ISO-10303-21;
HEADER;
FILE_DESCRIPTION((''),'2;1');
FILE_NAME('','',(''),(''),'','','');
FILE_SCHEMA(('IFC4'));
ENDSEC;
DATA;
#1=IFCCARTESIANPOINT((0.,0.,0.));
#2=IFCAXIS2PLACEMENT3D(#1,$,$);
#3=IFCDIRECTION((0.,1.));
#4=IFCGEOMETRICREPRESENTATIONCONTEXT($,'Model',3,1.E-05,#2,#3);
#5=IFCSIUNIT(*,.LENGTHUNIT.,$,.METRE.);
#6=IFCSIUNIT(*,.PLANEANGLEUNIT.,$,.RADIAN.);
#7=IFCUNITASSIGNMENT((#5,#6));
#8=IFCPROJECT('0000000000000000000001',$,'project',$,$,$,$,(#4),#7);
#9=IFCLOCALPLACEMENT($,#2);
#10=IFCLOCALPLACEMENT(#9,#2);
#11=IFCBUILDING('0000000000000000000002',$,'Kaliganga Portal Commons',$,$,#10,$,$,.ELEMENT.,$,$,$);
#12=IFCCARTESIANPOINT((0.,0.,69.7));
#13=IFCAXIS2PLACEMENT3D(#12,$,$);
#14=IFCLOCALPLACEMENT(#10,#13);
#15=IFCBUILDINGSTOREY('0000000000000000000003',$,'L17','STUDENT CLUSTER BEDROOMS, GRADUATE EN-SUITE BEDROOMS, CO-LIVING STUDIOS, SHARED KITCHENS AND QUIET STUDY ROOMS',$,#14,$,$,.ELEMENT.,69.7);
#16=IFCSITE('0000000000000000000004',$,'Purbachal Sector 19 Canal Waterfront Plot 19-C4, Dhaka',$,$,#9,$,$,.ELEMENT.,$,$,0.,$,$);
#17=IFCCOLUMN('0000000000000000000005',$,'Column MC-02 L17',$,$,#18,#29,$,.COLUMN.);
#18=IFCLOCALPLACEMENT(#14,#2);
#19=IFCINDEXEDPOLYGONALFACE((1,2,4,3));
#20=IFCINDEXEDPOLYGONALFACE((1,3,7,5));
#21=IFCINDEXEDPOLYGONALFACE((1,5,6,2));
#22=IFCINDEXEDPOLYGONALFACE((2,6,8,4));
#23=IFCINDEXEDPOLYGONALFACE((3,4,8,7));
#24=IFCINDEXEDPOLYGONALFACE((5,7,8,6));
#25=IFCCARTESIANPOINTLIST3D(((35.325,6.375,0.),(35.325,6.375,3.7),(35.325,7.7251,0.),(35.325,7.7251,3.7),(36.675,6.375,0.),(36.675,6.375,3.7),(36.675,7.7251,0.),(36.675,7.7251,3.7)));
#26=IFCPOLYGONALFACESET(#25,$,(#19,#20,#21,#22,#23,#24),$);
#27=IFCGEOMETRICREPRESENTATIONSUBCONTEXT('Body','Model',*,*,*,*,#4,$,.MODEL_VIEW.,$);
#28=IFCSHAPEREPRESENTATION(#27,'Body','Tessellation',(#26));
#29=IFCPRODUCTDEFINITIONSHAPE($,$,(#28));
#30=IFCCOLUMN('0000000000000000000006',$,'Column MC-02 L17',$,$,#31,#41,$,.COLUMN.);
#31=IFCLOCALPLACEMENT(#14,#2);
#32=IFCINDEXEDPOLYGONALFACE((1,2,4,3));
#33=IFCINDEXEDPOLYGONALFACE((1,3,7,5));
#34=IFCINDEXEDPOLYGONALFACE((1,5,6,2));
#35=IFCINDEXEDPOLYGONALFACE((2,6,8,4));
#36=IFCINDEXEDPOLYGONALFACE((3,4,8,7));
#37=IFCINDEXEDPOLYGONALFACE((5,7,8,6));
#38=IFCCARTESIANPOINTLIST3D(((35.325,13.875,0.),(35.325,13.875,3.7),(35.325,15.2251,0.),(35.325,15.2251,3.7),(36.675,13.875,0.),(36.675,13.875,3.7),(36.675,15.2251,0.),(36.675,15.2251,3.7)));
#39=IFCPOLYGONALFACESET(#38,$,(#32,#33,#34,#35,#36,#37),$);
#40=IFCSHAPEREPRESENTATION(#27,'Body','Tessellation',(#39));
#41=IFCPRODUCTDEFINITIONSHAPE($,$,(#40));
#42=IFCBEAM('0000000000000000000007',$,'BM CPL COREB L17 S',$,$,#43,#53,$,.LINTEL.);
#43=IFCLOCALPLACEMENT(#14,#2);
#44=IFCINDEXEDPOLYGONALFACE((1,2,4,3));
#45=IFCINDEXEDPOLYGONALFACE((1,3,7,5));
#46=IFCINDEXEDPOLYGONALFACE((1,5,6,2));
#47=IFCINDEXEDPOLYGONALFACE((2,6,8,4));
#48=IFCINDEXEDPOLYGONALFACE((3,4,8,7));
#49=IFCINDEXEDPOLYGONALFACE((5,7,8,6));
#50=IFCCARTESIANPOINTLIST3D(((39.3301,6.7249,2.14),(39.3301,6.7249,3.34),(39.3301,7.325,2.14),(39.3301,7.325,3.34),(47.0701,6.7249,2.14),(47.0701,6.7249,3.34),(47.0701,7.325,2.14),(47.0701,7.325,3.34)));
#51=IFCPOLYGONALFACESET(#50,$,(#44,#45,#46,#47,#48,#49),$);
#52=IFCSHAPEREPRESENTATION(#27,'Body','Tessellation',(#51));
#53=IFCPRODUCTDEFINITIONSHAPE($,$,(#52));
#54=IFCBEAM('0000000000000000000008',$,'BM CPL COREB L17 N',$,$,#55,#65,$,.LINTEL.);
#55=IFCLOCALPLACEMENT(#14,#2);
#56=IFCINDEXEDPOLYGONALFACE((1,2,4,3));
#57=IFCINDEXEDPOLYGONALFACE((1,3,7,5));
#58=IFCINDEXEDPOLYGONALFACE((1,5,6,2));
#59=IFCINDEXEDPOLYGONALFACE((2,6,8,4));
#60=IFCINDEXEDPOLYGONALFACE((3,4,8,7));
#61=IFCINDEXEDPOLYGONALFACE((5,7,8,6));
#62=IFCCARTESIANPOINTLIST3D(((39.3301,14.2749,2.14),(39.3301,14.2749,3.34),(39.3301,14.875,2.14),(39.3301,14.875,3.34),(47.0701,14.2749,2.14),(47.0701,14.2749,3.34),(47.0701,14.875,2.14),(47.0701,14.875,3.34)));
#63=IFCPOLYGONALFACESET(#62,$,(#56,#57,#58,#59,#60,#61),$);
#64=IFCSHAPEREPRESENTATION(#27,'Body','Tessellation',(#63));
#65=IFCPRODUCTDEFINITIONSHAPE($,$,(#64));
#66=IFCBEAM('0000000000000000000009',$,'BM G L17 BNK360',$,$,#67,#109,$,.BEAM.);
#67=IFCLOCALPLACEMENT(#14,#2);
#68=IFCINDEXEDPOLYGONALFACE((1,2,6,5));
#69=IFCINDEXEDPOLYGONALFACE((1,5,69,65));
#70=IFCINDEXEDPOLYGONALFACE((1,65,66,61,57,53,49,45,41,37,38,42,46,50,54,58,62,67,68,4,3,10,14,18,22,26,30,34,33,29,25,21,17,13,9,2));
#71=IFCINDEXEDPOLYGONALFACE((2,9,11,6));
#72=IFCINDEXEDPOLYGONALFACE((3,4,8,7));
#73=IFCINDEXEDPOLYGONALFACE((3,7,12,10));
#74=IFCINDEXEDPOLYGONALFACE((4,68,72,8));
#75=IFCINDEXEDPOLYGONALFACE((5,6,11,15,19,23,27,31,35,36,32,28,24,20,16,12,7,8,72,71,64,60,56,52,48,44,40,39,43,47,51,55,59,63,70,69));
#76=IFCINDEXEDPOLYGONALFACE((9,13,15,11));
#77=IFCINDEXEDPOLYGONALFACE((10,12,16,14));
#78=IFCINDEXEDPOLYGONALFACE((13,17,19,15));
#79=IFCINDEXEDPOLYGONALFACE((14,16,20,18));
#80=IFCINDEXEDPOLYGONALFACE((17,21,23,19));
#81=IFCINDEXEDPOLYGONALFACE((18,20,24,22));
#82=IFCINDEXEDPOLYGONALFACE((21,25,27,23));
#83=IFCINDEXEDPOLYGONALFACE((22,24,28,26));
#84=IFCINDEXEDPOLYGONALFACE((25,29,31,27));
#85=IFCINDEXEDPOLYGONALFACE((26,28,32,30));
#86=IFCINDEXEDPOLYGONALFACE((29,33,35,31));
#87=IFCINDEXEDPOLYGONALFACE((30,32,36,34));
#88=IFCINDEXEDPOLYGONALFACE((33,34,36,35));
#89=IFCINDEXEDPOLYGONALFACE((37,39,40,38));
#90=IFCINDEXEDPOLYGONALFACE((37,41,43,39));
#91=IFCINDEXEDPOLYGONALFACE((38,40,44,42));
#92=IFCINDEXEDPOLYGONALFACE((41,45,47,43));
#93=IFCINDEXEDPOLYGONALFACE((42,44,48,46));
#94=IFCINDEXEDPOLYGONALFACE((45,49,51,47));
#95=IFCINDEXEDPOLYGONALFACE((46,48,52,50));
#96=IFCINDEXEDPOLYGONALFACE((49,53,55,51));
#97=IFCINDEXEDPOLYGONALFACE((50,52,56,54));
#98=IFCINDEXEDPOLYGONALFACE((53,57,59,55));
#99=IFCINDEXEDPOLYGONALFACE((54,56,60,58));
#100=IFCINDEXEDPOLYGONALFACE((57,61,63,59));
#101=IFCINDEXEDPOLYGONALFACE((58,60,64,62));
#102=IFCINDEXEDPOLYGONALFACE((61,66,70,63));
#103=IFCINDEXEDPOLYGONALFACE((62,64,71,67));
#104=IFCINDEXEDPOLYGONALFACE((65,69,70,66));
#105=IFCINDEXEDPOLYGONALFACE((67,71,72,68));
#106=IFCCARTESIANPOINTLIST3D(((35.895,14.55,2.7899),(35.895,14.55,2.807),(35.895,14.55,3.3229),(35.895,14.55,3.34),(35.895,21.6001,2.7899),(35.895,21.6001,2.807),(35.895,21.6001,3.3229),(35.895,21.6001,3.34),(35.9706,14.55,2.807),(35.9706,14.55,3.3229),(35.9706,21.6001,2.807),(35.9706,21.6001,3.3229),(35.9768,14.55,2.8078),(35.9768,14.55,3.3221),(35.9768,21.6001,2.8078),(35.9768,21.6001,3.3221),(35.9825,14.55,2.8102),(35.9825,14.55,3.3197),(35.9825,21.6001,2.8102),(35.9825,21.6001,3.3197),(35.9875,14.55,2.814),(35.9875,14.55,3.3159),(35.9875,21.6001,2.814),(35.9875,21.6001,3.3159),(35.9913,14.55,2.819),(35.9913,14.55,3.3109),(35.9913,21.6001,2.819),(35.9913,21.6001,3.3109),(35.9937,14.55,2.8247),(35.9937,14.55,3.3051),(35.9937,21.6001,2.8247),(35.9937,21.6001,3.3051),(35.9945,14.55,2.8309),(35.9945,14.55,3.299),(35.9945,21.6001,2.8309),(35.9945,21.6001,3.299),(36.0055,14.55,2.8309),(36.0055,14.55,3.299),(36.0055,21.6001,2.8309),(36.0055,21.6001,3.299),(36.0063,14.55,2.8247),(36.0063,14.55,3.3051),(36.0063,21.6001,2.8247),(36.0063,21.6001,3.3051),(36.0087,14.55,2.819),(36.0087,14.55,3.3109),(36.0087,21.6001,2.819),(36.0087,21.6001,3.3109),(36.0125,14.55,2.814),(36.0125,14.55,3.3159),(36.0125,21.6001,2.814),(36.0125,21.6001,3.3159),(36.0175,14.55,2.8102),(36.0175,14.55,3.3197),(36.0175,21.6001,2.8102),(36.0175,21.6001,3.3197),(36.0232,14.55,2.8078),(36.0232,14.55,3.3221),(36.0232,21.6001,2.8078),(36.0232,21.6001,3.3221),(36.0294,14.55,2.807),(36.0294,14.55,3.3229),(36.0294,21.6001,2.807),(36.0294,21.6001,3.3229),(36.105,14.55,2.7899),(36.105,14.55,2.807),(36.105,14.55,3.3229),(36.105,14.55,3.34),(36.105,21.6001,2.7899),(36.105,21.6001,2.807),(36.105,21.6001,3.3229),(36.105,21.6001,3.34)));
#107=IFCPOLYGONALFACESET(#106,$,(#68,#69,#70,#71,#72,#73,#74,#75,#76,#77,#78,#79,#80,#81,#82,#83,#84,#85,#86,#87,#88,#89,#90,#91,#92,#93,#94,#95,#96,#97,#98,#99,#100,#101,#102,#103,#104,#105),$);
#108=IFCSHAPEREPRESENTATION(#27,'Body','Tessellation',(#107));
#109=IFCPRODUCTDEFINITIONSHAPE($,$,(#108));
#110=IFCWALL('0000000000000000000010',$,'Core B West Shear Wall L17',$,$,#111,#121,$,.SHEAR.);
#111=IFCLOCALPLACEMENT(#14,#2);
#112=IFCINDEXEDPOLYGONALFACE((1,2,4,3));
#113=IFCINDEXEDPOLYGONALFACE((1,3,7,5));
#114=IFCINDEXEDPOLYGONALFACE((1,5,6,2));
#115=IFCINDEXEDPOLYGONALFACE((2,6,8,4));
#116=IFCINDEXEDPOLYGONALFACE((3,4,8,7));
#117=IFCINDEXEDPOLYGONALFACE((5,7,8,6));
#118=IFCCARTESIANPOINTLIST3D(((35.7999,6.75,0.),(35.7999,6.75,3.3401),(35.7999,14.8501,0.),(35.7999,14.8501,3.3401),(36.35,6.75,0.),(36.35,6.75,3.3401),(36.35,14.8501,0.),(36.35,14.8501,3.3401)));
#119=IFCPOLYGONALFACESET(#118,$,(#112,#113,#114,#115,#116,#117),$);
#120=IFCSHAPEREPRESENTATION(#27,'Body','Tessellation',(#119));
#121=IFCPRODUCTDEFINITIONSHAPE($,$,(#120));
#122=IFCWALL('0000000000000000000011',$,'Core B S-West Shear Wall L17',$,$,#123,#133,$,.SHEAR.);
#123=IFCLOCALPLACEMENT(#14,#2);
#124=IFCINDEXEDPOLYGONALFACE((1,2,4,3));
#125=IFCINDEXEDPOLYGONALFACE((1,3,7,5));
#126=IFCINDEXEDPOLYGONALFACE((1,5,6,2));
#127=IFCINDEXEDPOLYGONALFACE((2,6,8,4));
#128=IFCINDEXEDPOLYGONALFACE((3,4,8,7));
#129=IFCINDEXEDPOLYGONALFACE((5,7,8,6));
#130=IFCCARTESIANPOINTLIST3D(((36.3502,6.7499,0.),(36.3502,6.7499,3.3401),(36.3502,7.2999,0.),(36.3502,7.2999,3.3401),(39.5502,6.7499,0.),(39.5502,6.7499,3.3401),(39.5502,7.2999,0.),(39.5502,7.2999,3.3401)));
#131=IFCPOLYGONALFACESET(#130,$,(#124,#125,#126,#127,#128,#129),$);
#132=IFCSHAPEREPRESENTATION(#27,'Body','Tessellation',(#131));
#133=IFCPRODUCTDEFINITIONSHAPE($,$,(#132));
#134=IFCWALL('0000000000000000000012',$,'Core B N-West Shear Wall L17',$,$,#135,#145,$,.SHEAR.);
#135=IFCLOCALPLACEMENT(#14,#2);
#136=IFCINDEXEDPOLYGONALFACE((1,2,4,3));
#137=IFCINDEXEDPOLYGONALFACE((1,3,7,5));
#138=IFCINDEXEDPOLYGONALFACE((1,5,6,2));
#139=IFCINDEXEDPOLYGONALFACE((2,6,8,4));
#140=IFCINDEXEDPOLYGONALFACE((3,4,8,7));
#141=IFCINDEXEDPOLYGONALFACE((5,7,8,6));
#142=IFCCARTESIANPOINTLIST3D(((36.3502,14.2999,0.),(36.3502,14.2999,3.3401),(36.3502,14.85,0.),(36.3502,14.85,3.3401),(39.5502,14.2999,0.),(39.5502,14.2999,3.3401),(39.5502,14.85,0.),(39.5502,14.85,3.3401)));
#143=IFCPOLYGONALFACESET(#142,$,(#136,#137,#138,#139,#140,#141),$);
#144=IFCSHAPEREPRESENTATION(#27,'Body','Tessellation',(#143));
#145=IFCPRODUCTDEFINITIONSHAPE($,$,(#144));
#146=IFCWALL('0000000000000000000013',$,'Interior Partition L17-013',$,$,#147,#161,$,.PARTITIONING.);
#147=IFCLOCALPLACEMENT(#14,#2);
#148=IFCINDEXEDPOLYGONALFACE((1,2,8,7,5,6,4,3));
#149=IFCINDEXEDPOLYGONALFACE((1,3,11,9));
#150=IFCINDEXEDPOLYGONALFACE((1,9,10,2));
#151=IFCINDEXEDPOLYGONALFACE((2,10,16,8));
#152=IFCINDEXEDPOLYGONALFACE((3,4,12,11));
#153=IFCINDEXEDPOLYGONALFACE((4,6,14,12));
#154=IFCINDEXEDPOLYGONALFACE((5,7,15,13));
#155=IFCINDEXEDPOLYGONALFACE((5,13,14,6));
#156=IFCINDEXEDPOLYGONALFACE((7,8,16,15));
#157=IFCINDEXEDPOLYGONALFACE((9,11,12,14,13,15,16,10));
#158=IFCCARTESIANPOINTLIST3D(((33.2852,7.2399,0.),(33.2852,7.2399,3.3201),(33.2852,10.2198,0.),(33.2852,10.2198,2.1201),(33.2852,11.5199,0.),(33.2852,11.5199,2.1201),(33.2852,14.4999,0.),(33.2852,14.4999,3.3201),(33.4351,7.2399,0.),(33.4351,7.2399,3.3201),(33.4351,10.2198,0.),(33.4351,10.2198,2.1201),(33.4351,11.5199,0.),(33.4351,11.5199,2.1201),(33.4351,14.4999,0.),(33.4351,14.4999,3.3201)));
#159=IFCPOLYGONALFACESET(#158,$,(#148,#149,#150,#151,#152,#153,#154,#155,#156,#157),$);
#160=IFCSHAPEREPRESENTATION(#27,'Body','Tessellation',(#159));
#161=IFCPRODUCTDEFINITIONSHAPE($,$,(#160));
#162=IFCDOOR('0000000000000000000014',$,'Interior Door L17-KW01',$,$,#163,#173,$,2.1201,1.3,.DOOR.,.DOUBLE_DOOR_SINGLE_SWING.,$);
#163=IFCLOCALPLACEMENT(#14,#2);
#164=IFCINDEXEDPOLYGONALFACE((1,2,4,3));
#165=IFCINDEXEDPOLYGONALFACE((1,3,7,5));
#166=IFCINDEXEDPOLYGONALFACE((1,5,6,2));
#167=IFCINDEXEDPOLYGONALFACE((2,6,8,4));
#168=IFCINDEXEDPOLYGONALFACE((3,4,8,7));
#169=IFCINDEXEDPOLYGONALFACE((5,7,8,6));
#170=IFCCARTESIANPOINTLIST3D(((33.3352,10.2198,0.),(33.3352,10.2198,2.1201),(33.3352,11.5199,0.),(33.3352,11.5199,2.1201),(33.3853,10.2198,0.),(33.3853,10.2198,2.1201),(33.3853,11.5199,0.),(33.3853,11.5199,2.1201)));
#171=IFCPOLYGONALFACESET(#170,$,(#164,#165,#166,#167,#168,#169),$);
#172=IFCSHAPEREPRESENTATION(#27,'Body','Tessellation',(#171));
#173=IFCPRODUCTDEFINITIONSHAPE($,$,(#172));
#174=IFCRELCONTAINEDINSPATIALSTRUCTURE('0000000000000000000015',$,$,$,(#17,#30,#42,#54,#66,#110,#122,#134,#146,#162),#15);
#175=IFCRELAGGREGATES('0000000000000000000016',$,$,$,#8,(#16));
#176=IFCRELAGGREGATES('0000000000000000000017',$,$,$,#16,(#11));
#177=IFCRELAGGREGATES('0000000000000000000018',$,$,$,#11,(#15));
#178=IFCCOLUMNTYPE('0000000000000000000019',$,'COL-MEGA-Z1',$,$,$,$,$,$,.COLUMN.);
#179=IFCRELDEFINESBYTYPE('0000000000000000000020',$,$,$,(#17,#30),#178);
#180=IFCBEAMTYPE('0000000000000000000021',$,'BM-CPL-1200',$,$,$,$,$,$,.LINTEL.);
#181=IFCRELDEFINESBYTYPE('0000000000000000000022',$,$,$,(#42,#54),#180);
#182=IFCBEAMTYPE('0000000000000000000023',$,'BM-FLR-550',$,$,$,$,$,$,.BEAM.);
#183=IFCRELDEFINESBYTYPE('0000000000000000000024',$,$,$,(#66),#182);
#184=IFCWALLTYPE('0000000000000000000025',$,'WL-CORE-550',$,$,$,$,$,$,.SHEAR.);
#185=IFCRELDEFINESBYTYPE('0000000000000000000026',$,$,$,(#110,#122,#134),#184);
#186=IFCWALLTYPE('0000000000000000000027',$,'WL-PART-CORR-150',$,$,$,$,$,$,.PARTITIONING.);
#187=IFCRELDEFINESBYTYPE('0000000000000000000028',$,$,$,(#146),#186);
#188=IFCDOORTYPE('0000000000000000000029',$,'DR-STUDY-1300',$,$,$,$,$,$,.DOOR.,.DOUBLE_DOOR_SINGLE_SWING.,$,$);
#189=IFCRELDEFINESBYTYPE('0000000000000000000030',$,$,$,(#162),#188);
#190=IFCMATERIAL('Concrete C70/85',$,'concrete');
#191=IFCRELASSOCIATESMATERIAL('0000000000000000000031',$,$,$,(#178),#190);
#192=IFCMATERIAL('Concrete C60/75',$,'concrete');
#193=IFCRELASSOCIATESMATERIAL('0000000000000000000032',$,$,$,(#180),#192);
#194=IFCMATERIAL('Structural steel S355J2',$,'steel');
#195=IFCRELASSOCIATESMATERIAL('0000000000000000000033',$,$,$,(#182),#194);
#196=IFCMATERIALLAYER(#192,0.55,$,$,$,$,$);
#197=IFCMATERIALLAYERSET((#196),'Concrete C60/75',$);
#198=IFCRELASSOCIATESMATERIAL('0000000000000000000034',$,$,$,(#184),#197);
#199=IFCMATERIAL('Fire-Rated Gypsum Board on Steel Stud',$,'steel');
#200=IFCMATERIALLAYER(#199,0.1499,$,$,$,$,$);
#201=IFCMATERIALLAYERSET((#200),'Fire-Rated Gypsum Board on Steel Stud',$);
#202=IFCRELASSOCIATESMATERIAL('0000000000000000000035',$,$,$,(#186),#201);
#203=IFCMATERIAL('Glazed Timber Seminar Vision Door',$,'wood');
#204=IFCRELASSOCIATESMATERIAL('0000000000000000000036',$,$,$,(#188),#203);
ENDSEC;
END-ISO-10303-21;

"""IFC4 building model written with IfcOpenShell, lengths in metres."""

from ifc_helpers import new_model, si_unit, direction, frame, frame_2d, origin, origin_2d, place, context, subcontext, project, spatial, rectangle, i_section, extrude, source, transform, mapped, material, layer, layer_set, material_profile, profile_set, type_object, element, fill, save


model = new_model("IFC4")

# Units and contexts
model_context = context("Model", 3, precision=1e-05, world=origin(), true_north=direction((0.0, 1.0)))
body_context = subcontext(model_context, "Body", "Model", "MODEL_VIEW")
ifc_project = project(units=[si_unit("LENGTHUNIT", "METRE"), si_unit("PLANEANGLEUNIT", "RADIAN")], contexts=[model_context])

# Site, building, storey
site_placement = place(None, origin())
site = spatial("IfcSite", under=ifc_project, at=site_placement, Name="Purbachal Sector 19 Canal Waterfront Plot 19-C4, Dhaka", CompositionType="ELEMENT", RefElevation=0.0)
building_placement = place(site_placement, origin())
building = spatial("IfcBuilding", under=site, at=building_placement, Name="Kaliganga Portal Commons", CompositionType="ELEMENT")
storey_placement = place(building_placement, frame((0.0, 0.0, 69.7)))
storey = spatial("IfcBuildingStorey", under=building, at=storey_placement, Name="L17", Description="STUDENT CLUSTER BEDROOMS, GRADUATE EN-SUITE BEDROOMS, CO-LIVING STUDIOS, SHARED KITCHENS AND QUIET STUDY ROOMS", CompositionType="ELEMENT", Elevation=69.7)

# Columns
ifc_material_1 = material(Name="Concrete C70/85", Category="concrete")
ifc_material_profile_1 = material_profile(ifc_material_1, rectangle(XDim=1.3501, YDim=1.3501, at=origin_2d()), Name="RC 1350x1350")
ifc_profile_set_1 = profile_set([ifc_material_profile_1], Name="Concrete C70/85")
column_type = type_object("IfcColumnType", Name="COL-MEGA-Z1", PredefinedType="COLUMN", material=ifc_profile_set_1)
shared_shape_1 = source(origin(), body_context, "Body", "SweptSolid", [
    extrude(rectangle(XDim=1.3501, YDim=1.3501, at=origin_2d()), origin(), (0.0, 0.0, 1.0), 3.7),
])
for number, where, z_axis, x_axis, name in (
    (1, (36.0, 7.05, 0.0), (0.0, 0.0, 1.0), (1.0, 0.0, 0.0), "Column MC-02 L17"),
    (2, (36.0, 14.55, 0.0), (0.0, 0.0, 1.0), (1.0, 0.0, 0.0), "Column MC-02 L17"),
):
    element("IfcColumn", number, at=place(storey_placement, frame(where, z_axis=z_axis, x_axis=x_axis)), inside=storey, type_object=column_type, Name=name, PredefinedType="COLUMN", context=body_context, shape_type="MappedRepresentation", body=[
        mapped(shared_shape_1, transform((0.0, 0.0, 0.0), x_axis=(1.0, 0.0, 0.0), y_axis=(0.0, 1.0, 0.0), z_axis=(0.0, 0.0, 1.0), scale=1.0)),
    ])

# Beams
ifc_material_2 = material(Name="Concrete C60/75", Category="concrete")
ifc_material_profile_2 = material_profile(ifc_material_2, rectangle(XDim=0.6001, YDim=1.2, at=origin_2d()), Name="RC 600x1200")
ifc_profile_set_2 = profile_set([ifc_material_profile_2], Name="Concrete C60/75")
beam_type_1 = type_object("IfcBeamType", Name="BM-CPL-1200", PredefinedType="LINTEL", material=ifc_profile_set_2)
shared_shape_2 = source(origin(), body_context, "Body", "SweptSolid", [
    extrude(rectangle(XDim=0.6001, YDim=1.2, at=origin_2d()), origin(), (0.0, 0.0, 1.0), 7.74),
])
for number, where, z_axis, x_axis, name in (
    (3, (39.3301, 7.0249, 2.74), (1.0, 0.0, 0.0), (0.0, 1.0, 0.0), "BM CPL COREB L17 S"),
    (4, (39.3301, 14.575, 2.74), (1.0, 0.0, 0.0), (0.0, 1.0, 0.0), "BM CPL COREB L17 N"),
):
    element("IfcBeam", number, at=place(storey_placement, frame(where, z_axis=z_axis, x_axis=x_axis)), inside=storey, type_object=beam_type_1, Name=name, PredefinedType="LINTEL", context=body_context, shape_type="MappedRepresentation", body=[
        mapped(shared_shape_2, transform((0.0, 0.0, 0.0), x_axis=(1.0, 0.0, 0.0), y_axis=(0.0, 1.0, 0.0), z_axis=(0.0, 0.0, 1.0), scale=1.0)),
    ])
ifc_material_3 = material(Name="Structural steel S355J2", Category="steel")
ifc_material_profile_3 = material_profile(ifc_material_3, i_section(OverallWidth=0.21, OverallDepth=0.55, WebThickness=0.011, FlangeThickness=0.0171, FilletRadius=0.0239, at=origin_2d()), Name="IPE 550")
ifc_profile_set_3 = profile_set([ifc_material_profile_3], Name="Structural steel S355J2 wide-flange")
beam_type_2 = type_object("IfcBeamType", Name="BM-FLR-550", PredefinedType="BEAM", material=ifc_profile_set_3)
shared_shape_3 = source(origin(), body_context, "Body", "SweptSolid", [
    extrude(i_section(OverallWidth=0.21, OverallDepth=0.55, WebThickness=0.011, FlangeThickness=0.0171, FilletRadius=0.0239, at=origin_2d()), origin(), (0.0, 0.0, 1.0), 7.05),
])
beam_placement = place(storey_placement, frame((36.0, 14.55, 3.0649), z_axis=(0.0, 1.0, 0.0), x_axis=(-1.0, 0.0, 0.0)))
element("IfcBeam", 5, at=beam_placement, inside=storey, type_object=beam_type_2, Name="BM G L17 BNK360", PredefinedType="BEAM", context=body_context, shape_type="MappedRepresentation", body=[
    mapped(shared_shape_3, transform((0.0, 0.0, 0.0), x_axis=(1.0, 0.0, 0.0), y_axis=(0.0, 1.0, 0.0), z_axis=(0.0, 0.0, 1.0), scale=1.0)),
])

# Walls
ifc_layer_1 = layer(ifc_material_2, 0.55)
ifc_layer_set_1 = layer_set([ifc_layer_1], Name="Concrete C60/75")
wall_type_1 = type_object("IfcWallType", Name="WL-CORE-550", PredefinedType="SHEAR", material=ifc_layer_set_1)
wall_1_placement = place(storey_placement, frame((36.075, 6.75, 0.0), z_axis=(0.0, 0.0, 1.0), x_axis=(0.0, 1.0, 0.0)))
element("IfcWall", 6, at=wall_1_placement, inside=storey, type_object=wall_type_1, Name="Core B West Shear Wall L17", PredefinedType="SHEAR", context=body_context, shape_type="SweptSolid", body=[
    extrude(rectangle(XDim=8.1001, YDim=0.55, at=frame_2d((4.05, 0.0))), origin(), (0.0, 0.0, 1.0), 3.3401),
])
for number, where, z_axis, x_axis, name in (
    (7, (36.3501, 7.0249, 0.0), (0.0, 0.0, 1.0), (1.0, 0.0, 0.0), "Core B S-West Shear Wall L17"),
    (8, (36.3501, 14.575, 0.0), (0.0, 0.0, 1.0), (1.0, 0.0, 0.0), "Core B N-West Shear Wall L17"),
):
    element("IfcWall", number, at=place(storey_placement, frame(where, z_axis=z_axis, x_axis=x_axis)), inside=storey, type_object=wall_type_1, Name=name, PredefinedType="SHEAR", context=body_context, shape_type="SweptSolid", body=[
        extrude(rectangle(XDim=3.2, YDim=0.55, at=frame_2d((1.6001, 0.0))), origin(), (0.0, 0.0, 1.0), 3.3401),
    ])

# Wall, opening, door
ifc_material_4 = material(Name="Fire-Rated Gypsum Board on Steel Stud", Category="steel")
ifc_layer_2 = layer(ifc_material_4, 0.1499)
ifc_layer_set_2 = layer_set([ifc_layer_2], Name="Fire-Rated Gypsum Board on Steel Stud")
wall_type_2 = type_object("IfcWallType", Name="WL-PART-CORR-150", PredefinedType="PARTITIONING", material=ifc_layer_set_2)
ifc_material_5 = material(Name="Glazed Timber Seminar Vision Door", Category="wood")
door_type = type_object("IfcDoorType", Name="DR-STUDY-1300", OperationType="DOUBLE_DOOR_SINGLE_SWING", PredefinedType="DOOR", material=ifc_material_5)
wall_2_placement = place(storey_placement, frame((33.3601, 7.24, 0.0), z_axis=(0.0, 0.0, 1.0), x_axis=(0.0, 1.0, 0.0)))
wall_2 = element("IfcWall", 9, at=wall_2_placement, inside=storey, type_object=wall_type_2, Name="Interior Partition L17-013", PredefinedType="PARTITIONING", context=body_context, shape_type="SweptSolid", body=[
    extrude(rectangle(XDim=7.26, YDim=0.1499, at=frame_2d((3.6299, 0.0))), origin(), (0.0, 0.0, 1.0), 3.3201),
])
opening_1_placement = place(wall_2_placement, frame((2.98, 0.0, 0.0)))
opening_1 = element("IfcOpeningElement", 10, at=opening_1_placement, cuts=wall_2, PredefinedType="OPENING", context=body_context, shape_type="SweptSolid", body=[
    extrude(rectangle(XDim=1.3, YDim=2.1201, at=frame_2d((0.6499, 1.0601))), frame((0.0, 0.085, 0.0), z_axis=(0.0, -1.0, 0.0), x_axis=(1.0, 0.0, 0.0)), (0.0, 0.0, 1.0), 0.1699),
])
door_1_placement = place(opening_1_placement, origin())
door_1 = element("IfcDoor", 11, at=door_1_placement, inside=storey, type_object=door_type, Name="Interior Door L17-KW01", OperationType="DOUBLE_DOOR_SINGLE_SWING", OverallHeight=2.1201, OverallWidth=1.3, PredefinedType="DOOR", context=body_context, shape_type="SweptSolid", body=[
    extrude(rectangle(XDim=1.3, YDim=2.1201, at=frame_2d((0.6499, 1.0601))), frame((0.0, 0.0249, 0.0), z_axis=(0.0, -1.0, 0.0), x_axis=(1.0, 0.0, 0.0)), (0.0, 0.0, 1.0), 0.05),
])
fill(opening_1, door_1)

save(model, "model.ifc")
